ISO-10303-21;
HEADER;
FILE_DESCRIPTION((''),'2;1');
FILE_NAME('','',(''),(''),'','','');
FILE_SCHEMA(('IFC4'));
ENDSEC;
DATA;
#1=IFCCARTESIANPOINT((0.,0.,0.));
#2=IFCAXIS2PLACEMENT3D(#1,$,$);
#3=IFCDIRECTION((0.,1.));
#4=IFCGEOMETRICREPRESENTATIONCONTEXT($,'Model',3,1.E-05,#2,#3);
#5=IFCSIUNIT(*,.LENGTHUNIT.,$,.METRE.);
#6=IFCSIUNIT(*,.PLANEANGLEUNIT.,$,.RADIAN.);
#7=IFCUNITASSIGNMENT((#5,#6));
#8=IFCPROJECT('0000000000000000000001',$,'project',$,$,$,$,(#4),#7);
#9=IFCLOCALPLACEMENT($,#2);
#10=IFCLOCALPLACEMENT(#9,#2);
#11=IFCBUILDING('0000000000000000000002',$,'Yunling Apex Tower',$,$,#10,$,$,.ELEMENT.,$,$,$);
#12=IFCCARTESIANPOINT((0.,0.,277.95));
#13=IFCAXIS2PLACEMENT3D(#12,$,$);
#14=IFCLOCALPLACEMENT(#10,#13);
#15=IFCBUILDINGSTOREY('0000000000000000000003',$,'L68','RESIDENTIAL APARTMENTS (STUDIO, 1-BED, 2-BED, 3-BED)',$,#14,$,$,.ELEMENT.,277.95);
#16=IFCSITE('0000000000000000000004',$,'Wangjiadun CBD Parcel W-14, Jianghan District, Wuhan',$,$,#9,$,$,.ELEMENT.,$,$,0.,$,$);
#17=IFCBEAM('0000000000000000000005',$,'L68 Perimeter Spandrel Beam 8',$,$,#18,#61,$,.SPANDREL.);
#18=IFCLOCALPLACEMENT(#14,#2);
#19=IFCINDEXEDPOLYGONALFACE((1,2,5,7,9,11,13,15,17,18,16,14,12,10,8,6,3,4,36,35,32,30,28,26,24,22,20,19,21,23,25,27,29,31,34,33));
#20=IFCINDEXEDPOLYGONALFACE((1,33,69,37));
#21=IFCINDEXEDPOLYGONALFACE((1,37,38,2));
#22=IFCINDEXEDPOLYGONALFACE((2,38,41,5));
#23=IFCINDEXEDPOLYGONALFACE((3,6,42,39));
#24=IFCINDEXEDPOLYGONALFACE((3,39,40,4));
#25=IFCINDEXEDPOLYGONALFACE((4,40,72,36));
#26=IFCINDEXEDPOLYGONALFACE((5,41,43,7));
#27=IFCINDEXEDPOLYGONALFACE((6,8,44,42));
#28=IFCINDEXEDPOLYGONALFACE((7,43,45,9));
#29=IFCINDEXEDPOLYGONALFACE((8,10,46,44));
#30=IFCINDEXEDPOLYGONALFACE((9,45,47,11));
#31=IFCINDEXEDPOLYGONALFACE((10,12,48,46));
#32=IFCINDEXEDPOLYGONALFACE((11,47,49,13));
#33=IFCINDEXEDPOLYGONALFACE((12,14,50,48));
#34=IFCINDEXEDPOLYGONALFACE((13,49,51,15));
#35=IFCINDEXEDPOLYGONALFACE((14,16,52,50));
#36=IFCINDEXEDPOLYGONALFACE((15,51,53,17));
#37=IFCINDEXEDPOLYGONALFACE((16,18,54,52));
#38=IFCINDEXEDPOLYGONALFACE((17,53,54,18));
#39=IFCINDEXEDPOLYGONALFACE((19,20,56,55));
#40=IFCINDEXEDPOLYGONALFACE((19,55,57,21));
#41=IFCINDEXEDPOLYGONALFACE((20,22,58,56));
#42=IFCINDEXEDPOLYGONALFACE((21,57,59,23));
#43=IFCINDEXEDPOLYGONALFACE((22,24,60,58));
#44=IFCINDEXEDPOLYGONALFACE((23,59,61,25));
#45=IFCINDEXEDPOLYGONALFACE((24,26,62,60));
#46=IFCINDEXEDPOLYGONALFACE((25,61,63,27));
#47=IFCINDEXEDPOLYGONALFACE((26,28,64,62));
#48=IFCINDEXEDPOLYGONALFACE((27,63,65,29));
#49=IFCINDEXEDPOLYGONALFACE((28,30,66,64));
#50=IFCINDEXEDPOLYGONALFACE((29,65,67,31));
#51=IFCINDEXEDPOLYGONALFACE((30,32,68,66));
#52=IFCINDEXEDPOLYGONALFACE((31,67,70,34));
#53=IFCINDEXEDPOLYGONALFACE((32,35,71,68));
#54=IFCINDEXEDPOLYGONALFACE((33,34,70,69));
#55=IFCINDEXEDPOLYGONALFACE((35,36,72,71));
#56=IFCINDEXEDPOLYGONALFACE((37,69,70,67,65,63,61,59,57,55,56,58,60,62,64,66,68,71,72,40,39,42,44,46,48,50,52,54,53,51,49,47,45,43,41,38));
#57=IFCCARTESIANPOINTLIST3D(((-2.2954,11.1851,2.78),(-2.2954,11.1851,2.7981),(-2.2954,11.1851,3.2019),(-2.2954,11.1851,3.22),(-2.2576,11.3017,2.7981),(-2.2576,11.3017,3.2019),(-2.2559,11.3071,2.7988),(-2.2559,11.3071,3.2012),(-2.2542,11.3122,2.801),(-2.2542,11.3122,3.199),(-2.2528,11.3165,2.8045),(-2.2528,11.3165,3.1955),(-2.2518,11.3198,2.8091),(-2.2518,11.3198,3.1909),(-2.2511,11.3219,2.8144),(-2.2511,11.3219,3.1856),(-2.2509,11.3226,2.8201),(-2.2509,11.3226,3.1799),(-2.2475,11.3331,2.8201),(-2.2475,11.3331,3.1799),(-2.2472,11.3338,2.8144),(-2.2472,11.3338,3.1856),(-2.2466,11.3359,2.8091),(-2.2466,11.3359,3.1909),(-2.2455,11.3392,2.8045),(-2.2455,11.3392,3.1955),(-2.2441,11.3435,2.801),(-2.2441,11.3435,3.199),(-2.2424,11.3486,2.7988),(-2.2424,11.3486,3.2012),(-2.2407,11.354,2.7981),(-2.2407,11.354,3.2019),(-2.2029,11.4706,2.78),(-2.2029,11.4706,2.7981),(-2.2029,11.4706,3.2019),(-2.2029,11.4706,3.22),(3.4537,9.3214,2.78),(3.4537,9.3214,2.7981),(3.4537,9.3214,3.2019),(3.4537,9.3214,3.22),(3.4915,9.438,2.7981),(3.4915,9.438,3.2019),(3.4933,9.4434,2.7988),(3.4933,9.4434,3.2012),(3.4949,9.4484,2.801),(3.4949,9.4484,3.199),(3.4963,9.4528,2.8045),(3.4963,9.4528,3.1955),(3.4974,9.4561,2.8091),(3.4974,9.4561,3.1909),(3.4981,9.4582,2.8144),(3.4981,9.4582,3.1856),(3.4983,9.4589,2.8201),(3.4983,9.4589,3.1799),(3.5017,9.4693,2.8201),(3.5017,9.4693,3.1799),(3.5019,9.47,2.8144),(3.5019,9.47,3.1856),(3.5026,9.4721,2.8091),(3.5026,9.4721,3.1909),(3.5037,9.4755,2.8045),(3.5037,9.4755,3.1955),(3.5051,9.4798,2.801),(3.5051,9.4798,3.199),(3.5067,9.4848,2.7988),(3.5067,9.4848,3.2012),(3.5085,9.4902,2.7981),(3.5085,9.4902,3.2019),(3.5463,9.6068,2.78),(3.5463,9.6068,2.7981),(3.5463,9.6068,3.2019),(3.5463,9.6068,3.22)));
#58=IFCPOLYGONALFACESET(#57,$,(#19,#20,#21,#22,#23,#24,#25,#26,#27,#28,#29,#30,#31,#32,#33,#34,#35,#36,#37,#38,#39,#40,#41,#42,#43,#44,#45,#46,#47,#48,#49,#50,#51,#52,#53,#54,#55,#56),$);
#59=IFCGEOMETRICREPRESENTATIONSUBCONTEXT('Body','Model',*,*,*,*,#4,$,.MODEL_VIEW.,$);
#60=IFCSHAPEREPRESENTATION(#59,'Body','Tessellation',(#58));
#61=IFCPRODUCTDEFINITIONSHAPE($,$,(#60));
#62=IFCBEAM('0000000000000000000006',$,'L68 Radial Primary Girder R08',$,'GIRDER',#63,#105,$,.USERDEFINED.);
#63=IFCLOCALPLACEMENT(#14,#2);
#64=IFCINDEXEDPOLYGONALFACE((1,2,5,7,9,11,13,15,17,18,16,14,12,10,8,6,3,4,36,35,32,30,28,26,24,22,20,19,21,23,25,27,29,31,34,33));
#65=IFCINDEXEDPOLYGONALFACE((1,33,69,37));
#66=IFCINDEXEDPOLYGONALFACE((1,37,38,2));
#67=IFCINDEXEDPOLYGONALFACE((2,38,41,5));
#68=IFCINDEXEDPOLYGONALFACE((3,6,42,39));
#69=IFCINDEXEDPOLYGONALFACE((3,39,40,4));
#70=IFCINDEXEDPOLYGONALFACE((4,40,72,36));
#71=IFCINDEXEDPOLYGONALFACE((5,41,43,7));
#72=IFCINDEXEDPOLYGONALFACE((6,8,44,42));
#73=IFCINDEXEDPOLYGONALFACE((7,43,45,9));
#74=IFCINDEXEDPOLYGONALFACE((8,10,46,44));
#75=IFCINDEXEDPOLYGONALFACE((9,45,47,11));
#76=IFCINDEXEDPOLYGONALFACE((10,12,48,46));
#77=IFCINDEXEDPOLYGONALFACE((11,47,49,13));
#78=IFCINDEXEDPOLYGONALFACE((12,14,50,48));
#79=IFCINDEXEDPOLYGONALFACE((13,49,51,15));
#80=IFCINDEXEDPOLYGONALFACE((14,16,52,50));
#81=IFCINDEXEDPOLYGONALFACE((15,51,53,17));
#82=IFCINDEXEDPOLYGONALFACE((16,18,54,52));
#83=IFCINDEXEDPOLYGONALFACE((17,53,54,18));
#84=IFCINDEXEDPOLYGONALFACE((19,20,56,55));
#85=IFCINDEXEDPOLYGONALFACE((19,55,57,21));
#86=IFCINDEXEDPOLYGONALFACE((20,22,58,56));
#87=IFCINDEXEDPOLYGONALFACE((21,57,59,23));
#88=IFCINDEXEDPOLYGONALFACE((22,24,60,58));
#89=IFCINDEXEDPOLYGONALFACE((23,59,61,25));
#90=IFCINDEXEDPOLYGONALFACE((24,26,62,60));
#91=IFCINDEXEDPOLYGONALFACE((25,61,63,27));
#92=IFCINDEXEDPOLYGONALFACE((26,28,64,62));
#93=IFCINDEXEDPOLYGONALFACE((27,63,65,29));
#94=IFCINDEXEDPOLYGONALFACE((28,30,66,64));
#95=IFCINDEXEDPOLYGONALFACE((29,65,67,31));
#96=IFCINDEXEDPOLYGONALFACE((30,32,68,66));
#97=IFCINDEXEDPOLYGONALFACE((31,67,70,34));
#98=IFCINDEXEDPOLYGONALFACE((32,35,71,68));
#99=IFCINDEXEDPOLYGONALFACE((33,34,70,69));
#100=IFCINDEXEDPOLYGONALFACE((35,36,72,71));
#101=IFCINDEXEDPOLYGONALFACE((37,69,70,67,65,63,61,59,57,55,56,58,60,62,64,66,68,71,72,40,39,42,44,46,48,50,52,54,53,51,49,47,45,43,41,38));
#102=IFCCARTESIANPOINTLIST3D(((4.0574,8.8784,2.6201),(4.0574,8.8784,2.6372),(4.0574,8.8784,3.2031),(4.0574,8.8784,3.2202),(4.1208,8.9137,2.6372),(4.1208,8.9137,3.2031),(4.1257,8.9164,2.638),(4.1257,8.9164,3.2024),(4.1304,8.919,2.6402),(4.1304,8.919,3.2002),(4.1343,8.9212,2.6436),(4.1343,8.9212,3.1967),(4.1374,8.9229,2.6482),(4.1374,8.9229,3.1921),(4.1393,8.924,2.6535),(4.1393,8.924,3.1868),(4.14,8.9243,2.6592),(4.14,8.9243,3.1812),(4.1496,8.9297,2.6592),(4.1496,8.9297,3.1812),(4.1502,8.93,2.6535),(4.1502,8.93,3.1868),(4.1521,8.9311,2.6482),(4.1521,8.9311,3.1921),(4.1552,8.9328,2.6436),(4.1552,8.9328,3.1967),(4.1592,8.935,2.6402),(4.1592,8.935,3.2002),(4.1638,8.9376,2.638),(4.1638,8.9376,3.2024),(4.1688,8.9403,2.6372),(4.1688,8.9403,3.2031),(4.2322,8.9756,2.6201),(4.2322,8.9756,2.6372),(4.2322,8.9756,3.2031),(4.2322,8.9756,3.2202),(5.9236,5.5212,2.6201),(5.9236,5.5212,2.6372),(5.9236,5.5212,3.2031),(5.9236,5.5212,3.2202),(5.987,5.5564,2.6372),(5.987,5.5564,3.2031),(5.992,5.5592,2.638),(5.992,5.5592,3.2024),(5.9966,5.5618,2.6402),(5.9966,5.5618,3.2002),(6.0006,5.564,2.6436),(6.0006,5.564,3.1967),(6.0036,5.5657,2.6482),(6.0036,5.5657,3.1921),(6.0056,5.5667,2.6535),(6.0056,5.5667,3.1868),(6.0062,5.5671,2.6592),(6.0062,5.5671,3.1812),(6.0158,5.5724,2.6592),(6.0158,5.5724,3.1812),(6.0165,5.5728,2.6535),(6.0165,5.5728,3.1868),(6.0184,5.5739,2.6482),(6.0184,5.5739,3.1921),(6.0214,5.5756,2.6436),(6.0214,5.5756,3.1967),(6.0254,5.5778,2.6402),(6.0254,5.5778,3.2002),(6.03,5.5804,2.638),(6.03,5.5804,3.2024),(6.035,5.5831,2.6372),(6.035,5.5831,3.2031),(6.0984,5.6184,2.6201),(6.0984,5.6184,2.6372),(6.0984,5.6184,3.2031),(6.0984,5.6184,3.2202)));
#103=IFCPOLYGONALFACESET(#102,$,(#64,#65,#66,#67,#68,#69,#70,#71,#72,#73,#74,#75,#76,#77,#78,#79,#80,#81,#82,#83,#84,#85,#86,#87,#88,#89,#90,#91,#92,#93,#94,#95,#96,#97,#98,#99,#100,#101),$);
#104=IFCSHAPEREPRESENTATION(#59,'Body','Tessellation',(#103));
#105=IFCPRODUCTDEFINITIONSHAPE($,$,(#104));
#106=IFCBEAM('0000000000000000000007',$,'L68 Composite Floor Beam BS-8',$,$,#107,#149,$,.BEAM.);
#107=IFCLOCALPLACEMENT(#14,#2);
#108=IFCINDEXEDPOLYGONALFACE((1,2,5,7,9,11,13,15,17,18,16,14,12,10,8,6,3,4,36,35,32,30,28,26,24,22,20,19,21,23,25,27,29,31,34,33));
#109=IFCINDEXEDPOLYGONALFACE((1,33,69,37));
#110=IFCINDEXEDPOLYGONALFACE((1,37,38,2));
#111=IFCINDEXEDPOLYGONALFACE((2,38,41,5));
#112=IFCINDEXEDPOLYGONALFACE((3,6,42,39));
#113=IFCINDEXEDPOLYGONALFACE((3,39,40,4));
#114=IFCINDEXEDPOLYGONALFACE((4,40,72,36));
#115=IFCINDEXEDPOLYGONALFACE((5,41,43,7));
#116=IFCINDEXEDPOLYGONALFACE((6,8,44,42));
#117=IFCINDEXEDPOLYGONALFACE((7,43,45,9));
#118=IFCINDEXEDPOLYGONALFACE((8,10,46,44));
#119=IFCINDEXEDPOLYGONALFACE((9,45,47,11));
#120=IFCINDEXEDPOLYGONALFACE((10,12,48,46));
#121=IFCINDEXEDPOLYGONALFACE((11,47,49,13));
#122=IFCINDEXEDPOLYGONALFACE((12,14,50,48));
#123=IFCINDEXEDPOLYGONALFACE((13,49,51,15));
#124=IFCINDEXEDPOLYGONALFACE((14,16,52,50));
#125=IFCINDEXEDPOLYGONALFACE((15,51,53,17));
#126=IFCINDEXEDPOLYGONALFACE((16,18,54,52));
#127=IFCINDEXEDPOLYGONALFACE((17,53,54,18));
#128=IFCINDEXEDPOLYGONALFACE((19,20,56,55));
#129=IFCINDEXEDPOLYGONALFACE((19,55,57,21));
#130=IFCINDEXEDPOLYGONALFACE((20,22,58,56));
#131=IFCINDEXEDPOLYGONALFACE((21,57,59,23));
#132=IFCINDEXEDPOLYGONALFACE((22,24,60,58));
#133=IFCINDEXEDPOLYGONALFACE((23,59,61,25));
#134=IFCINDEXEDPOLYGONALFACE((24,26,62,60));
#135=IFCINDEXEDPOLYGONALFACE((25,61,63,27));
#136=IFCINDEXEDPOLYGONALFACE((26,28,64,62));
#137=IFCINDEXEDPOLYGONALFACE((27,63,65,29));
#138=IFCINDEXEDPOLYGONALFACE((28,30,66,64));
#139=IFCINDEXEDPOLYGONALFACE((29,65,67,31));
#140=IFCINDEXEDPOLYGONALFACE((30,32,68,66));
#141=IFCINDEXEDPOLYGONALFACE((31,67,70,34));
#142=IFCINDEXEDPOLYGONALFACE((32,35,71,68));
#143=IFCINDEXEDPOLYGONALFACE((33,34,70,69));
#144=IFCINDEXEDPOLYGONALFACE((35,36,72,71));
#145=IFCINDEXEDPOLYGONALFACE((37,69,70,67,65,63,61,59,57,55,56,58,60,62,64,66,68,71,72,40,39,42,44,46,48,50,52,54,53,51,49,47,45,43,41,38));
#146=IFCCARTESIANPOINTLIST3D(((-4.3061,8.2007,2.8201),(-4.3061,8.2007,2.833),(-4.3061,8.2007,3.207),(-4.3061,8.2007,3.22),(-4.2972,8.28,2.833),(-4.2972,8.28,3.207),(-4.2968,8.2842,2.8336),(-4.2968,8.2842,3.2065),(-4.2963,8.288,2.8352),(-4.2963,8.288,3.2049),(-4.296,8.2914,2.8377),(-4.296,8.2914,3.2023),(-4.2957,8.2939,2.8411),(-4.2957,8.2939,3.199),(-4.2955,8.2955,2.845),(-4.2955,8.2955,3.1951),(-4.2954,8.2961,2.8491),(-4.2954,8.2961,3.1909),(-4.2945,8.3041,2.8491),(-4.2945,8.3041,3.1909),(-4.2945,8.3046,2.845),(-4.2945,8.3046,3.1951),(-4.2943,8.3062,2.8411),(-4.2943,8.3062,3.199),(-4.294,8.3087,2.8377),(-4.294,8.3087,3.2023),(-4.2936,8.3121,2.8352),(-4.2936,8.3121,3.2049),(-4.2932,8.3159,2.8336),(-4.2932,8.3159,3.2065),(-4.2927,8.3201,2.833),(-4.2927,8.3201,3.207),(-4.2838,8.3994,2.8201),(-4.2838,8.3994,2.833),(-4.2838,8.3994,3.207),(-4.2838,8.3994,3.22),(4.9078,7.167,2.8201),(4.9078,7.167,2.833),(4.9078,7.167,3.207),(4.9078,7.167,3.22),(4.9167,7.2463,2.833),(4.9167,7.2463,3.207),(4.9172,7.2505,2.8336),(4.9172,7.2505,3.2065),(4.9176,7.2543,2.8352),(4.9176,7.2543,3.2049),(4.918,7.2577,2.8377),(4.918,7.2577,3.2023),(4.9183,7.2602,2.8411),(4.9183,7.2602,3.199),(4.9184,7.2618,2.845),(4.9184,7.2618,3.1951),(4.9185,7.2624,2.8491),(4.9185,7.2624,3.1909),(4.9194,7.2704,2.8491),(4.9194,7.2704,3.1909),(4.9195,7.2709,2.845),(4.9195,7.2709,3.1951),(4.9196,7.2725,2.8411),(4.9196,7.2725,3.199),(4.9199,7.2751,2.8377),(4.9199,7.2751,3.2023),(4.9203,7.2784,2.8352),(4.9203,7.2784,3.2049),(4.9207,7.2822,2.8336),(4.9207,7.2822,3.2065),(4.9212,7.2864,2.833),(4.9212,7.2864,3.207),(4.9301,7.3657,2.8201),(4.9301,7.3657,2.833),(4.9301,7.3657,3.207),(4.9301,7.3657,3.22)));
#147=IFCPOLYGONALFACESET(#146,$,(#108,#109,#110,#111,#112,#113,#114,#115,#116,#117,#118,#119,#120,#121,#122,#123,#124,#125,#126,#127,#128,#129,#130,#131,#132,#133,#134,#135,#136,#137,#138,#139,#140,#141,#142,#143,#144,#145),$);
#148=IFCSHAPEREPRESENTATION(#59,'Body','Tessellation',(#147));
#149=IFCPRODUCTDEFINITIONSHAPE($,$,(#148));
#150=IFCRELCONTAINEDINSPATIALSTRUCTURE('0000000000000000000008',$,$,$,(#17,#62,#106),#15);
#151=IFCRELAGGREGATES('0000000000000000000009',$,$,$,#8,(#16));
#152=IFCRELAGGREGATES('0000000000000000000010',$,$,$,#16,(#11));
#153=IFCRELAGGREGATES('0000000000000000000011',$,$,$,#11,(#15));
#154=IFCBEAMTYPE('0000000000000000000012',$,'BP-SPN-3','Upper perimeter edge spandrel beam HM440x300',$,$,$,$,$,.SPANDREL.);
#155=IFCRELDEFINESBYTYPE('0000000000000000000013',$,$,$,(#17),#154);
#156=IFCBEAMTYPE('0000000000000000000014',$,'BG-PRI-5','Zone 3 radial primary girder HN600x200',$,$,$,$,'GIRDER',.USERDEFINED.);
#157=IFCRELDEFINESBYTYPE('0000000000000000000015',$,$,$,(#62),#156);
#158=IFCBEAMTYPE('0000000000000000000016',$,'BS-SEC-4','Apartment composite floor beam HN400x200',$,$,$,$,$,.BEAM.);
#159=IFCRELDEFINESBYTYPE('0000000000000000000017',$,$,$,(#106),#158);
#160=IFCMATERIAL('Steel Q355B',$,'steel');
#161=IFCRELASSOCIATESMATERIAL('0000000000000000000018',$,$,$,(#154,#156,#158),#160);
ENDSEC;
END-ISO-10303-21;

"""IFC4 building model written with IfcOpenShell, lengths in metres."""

from ifc_helpers import new_model, si_unit, direction, frame, origin, origin_2d, place, context, subcontext, project, spatial, i_section, extrude, source, transform, mapped, material, material_profile, profile_set, type_object, element, save


model = new_model("IFC4")

# Units and contexts
model_context = context("Model", 3, precision=1e-05, world=origin(), true_north=direction((0.0, 1.0)))
body_context = subcontext(model_context, "Body", "Model", "MODEL_VIEW")
ifc_project = project(units=[si_unit("LENGTHUNIT", "METRE"), si_unit("PLANEANGLEUNIT", "RADIAN")], contexts=[model_context])

# Site, building, storey
site_placement = place(None, origin())
site = spatial("IfcSite", under=ifc_project, at=site_placement, Name="Wangjiadun CBD Parcel W-14, Jianghan District, Wuhan", CompositionType="ELEMENT", RefElevation=0.0)
building_placement = place(site_placement, origin())
building = spatial("IfcBuilding", under=site, at=building_placement, Name="Yunling Apex Tower", CompositionType="ELEMENT")
storey_placement = place(building_placement, frame((0.0, 0.0, 277.95)))
storey = spatial("IfcBuildingStorey", under=building, at=storey_placement, Name="L68", Description="RESIDENTIAL APARTMENTS (STUDIO, 1-BED, 2-BED, 3-BED)", CompositionType="ELEMENT", Elevation=277.95)

# Shared definitions
ifc_material_1 = material(Name="Steel Q355B", Category="steel")

# Beams
ifc_material_profile_1 = material_profile(ifc_material_1, i_section(OverallWidth=0.3, OverallDepth=0.4399, WebThickness=0.011, FlangeThickness=0.0181, FilletRadius=0.022, at=origin_2d()))
ifc_profile_set_1 = profile_set([ifc_material_profile_1], Name="Steel Q355B")
beam_type_1 = type_object("IfcBeamType", Name="BP-SPN-3", Description="Upper perimeter edge spandrel beam HM440x300", PredefinedType="SPANDREL", material=ifc_profile_set_1)
shared_shape_1 = source(origin(), body_context, "Body", "SweptSolid", [
    extrude(i_section(OverallWidth=0.3, OverallDepth=0.4399, WebThickness=0.011, FlangeThickness=0.0181, FilletRadius=0.022, at=origin_2d()), origin(), (0.0, 0.0, 1.0), 6.0437),
])
beam_1_placement = place(storey_placement, frame((3.5, 9.4641, 3.0), z_axis=(-0.951264, 0.308376, 0.0), x_axis=(-0.308376, -0.951264, 0.0)))
element("IfcBeam", 1, at=beam_1_placement, inside=storey, type_object=beam_type_1, Name="L68 Perimeter Spandrel Beam 8", PredefinedType="SPANDREL", context=body_context, shape_type="MappedRepresentation", body=[
    mapped(shared_shape_1, transform((0.0, 0.0, 0.0), scale=1.0)),
])
ifc_material_profile_2 = material_profile(ifc_material_1, i_section(OverallWidth=0.2, OverallDepth=0.6001, WebThickness=0.011, FlangeThickness=0.0171, FilletRadius=0.022, at=origin_2d()))
ifc_profile_set_2 = profile_set([ifc_material_profile_2], Name="Steel Q355B")
beam_type_2 = type_object("IfcBeamType", Name="BG-PRI-5", Description="Zone 3 radial primary girder HN600x200", ElementType="GIRDER", PredefinedType="USERDEFINED", material=ifc_profile_set_2)
shared_shape_2 = source(origin(), body_context, "Body", "SweptSolid", [
    extrude(i_section(OverallWidth=0.2, OverallDepth=0.6001, WebThickness=0.011, FlangeThickness=0.0171, FilletRadius=0.022, at=origin_2d()), origin(), (0.0, 0.0, 1.0), 3.8411),
])
beam_2_placement = place(storey_placement, frame((4.1448, 8.927, 2.9202), z_axis=(0.485864, -0.874034, 0.0), x_axis=(0.874034, 0.485864, 0.0)))
element("IfcBeam", 2, at=beam_2_placement, inside=storey, type_object=beam_type_2, Name="L68 Radial Primary Girder R08", ObjectType="GIRDER", PredefinedType="USERDEFINED", context=body_context, shape_type="MappedRepresentation", body=[
    mapped(shared_shape_2, transform((0.0, 0.0, 0.0), scale=1.0)),
])
ifc_material_profile_3 = material_profile(ifc_material_1, i_section(OverallWidth=0.2, OverallDepth=0.3999, WebThickness=0.0081, FlangeThickness=0.0129, FilletRadius=0.0161, at=origin_2d()))
ifc_profile_set_3 = profile_set([ifc_material_profile_3], Name="Steel Q355B")
beam_type_3 = type_object("IfcBeamType", Name="BS-SEC-4", Description="Apartment composite floor beam HN400x200", PredefinedType="BEAM", material=ifc_profile_set_3)
shared_shape_3 = source(origin(), body_context, "Body", "SweptSolid", [
    extrude(i_section(OverallWidth=0.2, OverallDepth=0.3999, WebThickness=0.0081, FlangeThickness=0.0129, FilletRadius=0.0161, at=origin_2d()), origin(), (0.0, 0.0, 1.0), 9.2717),
])
beam_3_placement = place(storey_placement, frame((4.9189, 7.2664, 3.02), z_axis=(-0.993766, 0.111489, 0.0), x_axis=(-0.111489, -0.993766, 0.0)))
element("IfcBeam", 3, at=beam_3_placement, inside=storey, type_object=beam_type_3, Name="L68 Composite Floor Beam BS-8", PredefinedType="BEAM", context=body_context, shape_type="MappedRepresentation", body=[
    mapped(shared_shape_3, transform((0.0, 0.0, 0.0), scale=1.0)),
])

save(model, "model.ifc")
